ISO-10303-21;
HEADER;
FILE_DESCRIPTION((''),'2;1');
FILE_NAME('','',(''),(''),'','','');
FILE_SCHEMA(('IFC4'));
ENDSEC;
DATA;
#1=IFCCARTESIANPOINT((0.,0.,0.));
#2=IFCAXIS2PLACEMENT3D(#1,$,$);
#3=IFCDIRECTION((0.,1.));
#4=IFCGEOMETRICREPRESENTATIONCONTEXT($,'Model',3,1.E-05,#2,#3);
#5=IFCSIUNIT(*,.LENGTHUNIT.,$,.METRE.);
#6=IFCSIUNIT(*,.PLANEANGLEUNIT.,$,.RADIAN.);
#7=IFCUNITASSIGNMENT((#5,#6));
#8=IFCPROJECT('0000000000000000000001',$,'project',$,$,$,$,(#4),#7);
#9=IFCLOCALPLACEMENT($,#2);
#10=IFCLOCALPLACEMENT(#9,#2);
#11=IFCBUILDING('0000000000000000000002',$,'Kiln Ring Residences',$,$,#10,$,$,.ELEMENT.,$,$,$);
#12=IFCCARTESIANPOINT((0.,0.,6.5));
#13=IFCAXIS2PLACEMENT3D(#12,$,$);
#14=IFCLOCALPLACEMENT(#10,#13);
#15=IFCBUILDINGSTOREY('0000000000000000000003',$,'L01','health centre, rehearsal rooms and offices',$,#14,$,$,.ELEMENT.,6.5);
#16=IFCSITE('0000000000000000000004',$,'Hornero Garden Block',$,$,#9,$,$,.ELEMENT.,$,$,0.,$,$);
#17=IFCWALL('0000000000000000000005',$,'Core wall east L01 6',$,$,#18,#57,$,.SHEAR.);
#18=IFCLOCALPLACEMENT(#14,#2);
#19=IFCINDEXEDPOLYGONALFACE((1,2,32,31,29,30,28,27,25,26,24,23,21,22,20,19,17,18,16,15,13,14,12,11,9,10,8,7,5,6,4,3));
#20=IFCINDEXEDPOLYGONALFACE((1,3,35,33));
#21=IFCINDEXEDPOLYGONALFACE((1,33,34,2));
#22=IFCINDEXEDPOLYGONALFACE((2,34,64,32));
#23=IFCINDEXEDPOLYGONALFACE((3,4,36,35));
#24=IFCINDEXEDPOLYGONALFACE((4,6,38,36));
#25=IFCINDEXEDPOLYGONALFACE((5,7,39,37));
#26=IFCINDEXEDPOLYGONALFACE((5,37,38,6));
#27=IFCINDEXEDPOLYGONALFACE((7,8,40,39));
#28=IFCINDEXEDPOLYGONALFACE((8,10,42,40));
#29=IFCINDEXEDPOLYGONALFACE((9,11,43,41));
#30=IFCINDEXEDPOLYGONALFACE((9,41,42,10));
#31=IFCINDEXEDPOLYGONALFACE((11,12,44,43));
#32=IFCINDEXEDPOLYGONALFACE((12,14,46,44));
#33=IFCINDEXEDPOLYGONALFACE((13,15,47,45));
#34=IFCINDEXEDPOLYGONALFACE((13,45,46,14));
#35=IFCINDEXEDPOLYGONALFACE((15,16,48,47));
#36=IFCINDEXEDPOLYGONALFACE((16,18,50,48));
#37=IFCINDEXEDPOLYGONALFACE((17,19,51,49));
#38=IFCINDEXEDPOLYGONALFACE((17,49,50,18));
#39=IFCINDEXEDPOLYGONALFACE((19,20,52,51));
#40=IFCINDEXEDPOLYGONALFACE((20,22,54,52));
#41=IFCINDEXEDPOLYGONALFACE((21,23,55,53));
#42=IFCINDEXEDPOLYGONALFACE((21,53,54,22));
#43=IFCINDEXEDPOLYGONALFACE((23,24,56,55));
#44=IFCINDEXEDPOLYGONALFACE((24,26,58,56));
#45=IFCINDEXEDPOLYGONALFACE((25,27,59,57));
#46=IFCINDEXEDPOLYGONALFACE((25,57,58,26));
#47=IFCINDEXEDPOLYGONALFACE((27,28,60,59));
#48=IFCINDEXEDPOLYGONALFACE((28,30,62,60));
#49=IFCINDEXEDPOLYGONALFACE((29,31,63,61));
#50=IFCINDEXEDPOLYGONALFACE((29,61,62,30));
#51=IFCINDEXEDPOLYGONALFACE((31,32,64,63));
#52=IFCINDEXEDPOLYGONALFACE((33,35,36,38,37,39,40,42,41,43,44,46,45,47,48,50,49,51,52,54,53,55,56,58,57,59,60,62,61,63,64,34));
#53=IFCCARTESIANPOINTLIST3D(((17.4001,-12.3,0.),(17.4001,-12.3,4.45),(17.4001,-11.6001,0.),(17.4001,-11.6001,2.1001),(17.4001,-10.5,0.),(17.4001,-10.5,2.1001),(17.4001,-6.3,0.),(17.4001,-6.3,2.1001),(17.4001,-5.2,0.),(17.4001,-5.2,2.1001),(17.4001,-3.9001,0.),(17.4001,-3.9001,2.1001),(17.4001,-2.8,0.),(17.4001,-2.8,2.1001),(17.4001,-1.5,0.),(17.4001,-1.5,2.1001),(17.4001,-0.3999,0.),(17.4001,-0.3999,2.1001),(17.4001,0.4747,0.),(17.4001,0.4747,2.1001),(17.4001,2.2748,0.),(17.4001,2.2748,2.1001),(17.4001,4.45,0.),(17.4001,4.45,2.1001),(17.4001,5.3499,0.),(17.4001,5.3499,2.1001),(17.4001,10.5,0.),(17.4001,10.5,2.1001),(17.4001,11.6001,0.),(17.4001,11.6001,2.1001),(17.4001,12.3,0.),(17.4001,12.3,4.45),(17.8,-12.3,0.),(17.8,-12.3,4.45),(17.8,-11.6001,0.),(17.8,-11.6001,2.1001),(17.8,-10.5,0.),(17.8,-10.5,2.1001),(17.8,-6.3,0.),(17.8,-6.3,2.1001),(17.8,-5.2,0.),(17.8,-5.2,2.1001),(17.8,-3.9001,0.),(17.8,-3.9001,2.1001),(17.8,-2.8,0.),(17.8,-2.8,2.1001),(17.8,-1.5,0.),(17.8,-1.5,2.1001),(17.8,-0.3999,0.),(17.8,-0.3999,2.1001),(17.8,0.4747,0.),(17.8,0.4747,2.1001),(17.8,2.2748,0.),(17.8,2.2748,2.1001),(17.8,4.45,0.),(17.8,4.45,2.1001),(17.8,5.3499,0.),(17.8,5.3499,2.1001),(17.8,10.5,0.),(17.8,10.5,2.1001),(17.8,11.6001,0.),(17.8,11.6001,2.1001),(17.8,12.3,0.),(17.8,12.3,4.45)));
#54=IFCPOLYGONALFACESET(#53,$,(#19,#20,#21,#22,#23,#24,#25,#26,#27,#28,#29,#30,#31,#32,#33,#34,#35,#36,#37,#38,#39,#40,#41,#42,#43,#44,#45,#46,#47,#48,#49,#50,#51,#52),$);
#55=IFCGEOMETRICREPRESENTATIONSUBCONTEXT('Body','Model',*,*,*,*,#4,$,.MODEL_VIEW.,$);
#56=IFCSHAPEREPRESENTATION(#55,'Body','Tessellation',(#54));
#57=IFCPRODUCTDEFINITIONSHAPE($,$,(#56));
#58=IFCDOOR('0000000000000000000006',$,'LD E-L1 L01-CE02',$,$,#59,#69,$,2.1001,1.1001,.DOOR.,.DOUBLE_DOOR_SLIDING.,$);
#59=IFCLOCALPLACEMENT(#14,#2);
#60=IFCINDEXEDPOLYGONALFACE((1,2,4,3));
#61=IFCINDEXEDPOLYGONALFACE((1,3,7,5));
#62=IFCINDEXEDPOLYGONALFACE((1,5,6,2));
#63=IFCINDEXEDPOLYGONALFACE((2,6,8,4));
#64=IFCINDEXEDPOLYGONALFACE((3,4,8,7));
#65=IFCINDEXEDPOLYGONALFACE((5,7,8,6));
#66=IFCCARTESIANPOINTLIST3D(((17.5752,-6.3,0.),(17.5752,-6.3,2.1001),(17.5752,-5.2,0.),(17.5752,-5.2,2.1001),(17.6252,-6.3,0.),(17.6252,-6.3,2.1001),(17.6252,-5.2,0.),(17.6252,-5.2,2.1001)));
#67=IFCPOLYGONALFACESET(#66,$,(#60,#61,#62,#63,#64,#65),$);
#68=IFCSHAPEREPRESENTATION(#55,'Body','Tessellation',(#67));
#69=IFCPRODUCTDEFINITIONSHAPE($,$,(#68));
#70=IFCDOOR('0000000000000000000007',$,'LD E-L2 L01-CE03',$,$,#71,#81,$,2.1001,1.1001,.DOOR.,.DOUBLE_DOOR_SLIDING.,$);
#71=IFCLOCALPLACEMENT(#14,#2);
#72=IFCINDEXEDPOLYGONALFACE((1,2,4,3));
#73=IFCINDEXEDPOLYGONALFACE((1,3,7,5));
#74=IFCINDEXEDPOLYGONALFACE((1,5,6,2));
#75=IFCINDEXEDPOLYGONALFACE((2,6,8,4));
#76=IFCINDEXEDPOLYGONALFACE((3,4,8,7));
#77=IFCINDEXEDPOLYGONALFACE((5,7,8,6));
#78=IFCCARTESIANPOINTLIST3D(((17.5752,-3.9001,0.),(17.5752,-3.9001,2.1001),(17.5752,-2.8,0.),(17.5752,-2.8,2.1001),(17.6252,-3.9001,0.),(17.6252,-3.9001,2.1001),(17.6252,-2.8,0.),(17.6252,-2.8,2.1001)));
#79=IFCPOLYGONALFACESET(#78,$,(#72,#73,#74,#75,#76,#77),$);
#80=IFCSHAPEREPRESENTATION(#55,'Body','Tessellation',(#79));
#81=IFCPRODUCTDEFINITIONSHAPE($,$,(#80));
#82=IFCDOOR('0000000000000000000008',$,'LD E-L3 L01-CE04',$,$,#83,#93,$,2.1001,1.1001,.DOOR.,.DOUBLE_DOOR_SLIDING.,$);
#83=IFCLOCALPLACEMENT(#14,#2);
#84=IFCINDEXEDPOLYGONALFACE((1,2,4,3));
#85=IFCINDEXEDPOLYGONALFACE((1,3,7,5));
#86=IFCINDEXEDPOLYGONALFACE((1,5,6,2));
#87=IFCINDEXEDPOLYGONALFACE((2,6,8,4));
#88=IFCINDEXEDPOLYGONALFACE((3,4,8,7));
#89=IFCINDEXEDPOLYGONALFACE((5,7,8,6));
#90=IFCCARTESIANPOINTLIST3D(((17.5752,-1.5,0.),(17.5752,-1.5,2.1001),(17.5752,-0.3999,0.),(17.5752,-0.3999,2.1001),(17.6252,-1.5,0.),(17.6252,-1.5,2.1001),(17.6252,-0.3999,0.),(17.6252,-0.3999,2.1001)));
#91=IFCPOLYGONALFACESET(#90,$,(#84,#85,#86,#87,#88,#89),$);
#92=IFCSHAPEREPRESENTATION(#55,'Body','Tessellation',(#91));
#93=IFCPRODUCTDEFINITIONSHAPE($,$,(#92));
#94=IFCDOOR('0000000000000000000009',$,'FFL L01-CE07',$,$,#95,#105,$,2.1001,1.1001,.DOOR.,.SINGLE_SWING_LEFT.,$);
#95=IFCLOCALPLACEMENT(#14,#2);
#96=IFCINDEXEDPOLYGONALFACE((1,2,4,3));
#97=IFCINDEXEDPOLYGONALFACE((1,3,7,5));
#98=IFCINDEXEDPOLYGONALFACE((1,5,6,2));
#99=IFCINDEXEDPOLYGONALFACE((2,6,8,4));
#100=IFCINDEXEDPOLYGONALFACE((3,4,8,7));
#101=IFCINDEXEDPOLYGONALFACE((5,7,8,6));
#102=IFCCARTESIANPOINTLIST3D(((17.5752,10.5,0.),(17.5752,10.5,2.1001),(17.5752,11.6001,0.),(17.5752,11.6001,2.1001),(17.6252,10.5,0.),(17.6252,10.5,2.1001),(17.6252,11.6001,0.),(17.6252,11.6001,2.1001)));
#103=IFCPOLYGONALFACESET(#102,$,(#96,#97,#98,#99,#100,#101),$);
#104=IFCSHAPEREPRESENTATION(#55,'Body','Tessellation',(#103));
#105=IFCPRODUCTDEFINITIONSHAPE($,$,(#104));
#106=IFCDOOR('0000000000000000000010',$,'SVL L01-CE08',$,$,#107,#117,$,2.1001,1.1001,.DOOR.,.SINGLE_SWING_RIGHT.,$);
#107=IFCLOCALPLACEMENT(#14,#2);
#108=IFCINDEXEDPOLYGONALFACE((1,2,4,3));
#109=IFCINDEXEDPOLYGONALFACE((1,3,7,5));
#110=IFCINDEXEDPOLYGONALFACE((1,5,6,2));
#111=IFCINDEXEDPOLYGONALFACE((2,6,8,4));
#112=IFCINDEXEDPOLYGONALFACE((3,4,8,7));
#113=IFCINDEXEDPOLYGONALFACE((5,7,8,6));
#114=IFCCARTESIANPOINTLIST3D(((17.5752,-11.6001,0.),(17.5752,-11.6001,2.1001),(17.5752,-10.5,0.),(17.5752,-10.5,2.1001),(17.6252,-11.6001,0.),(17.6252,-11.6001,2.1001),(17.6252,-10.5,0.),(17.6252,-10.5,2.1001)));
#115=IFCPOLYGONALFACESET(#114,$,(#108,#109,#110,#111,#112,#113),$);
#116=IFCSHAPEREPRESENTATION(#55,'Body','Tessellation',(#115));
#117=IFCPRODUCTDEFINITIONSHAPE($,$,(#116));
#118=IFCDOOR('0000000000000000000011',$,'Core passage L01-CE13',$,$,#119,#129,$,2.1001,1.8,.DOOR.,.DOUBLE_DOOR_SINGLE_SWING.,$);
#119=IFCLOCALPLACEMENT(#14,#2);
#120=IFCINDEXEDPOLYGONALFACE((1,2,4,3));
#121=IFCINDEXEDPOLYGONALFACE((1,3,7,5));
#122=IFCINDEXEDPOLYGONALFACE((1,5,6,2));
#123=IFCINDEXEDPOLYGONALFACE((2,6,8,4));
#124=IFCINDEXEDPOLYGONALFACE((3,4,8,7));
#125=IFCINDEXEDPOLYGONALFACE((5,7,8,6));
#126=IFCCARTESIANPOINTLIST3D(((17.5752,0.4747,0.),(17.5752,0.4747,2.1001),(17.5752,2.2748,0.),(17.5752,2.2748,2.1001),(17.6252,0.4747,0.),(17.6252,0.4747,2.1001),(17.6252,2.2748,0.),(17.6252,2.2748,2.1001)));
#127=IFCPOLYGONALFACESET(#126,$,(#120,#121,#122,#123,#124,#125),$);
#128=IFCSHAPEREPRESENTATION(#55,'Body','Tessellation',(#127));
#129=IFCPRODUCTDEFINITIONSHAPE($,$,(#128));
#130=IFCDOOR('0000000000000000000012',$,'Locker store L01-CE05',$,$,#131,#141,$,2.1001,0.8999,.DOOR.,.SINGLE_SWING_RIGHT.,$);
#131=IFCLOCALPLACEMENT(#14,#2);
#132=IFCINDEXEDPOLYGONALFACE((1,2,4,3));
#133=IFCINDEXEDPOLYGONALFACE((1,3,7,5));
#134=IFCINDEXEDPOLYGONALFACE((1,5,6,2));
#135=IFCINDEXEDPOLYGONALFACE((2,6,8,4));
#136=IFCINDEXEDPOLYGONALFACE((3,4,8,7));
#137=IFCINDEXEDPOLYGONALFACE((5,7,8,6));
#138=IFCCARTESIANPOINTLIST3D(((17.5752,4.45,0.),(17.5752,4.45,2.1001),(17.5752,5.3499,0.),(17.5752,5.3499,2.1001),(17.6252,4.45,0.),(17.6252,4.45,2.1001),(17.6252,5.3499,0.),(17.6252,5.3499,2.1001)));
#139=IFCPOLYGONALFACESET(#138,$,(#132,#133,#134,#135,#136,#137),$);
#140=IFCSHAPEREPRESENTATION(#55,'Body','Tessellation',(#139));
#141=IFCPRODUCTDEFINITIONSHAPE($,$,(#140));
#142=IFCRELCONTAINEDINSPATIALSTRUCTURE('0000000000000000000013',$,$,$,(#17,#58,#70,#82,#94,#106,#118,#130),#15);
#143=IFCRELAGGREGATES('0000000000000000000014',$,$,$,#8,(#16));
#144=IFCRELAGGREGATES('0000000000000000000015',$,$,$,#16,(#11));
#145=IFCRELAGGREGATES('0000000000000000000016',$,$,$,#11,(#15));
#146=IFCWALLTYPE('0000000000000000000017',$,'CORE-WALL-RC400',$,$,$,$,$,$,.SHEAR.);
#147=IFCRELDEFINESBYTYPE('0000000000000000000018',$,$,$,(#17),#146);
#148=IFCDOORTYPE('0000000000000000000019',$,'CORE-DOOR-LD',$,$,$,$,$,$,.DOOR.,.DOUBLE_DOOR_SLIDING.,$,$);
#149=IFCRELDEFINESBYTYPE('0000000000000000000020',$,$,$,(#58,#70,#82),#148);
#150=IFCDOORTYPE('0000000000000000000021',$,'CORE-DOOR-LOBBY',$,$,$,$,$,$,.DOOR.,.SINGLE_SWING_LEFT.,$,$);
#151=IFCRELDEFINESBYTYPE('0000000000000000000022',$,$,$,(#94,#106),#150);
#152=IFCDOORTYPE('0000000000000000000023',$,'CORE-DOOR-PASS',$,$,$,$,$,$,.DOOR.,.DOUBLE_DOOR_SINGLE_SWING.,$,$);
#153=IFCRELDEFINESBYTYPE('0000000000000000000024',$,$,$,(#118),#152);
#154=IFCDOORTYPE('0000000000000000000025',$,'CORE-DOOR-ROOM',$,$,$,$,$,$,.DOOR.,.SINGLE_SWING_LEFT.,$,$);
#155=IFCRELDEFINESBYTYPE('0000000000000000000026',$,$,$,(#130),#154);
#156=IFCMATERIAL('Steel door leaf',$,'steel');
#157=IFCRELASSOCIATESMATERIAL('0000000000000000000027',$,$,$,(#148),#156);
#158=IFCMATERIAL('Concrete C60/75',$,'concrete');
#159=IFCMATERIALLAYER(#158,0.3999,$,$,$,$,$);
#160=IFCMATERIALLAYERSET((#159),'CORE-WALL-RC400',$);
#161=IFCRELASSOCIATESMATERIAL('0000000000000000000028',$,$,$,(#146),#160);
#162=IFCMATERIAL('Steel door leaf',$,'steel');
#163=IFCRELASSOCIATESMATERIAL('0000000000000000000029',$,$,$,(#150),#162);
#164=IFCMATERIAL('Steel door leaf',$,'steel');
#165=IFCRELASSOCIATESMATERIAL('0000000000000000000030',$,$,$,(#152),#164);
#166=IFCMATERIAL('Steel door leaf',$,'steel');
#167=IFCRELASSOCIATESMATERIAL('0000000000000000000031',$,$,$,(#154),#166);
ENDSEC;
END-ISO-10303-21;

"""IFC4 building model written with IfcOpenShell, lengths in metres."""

from ifc_helpers import new_model, si_unit, direction, frame, frame_2d, origin, place, context, subcontext, project, spatial, rectangle, extrude, material, layer, layer_set, type_object, element, fill, save


model = new_model("IFC4")

# Units and contexts
model_context = context("Model", 3, precision=1e-05, world=origin(), true_north=direction((0.0, 1.0)))
body_context = subcontext(model_context, "Body", "Model", "MODEL_VIEW")
ifc_project = project(units=[si_unit("LENGTHUNIT", "METRE"), si_unit("PLANEANGLEUNIT", "RADIAN")], contexts=[model_context])

# Site, building, storey
site_placement = place(None, origin())
site = spatial("IfcSite", under=ifc_project, at=site_placement, Name="Hornero Garden Block", CompositionType="ELEMENT", RefElevation=0.0)
building_placement = place(site_placement, origin())
building = spatial("IfcBuilding", under=site, at=building_placement, Name="Kiln Ring Residences", CompositionType="ELEMENT")
storey_placement = place(building_placement, frame((0.0, 0.0, 6.5)))
storey = spatial("IfcBuildingStorey", under=building, at=storey_placement, Name="L01", Description="health centre, rehearsal rooms and offices", CompositionType="ELEMENT", Elevation=6.5)

# Shared definitions
ifc_material_1 = material(Name="Steel door leaf", Category="steel")
door_type_1 = type_object("IfcDoorType", Name="CORE-DOOR-LD", OperationType="DOUBLE_DOOR_SLIDING", PredefinedType="DOOR", material=ifc_material_1)

# Wall, openings, doors
ifc_material_2 = material(Name="Concrete C60/75", Category="concrete")
ifc_layer_1 = layer(ifc_material_2, 0.3999)
ifc_layer_set_1 = layer_set([ifc_layer_1], Name="CORE-WALL-RC400")
wall_type_1 = type_object("IfcWallType", Name="CORE-WALL-RC400", PredefinedType="SHEAR", material=ifc_layer_set_1)
wall_1_placement = place(storey_placement, frame((17.6001, -12.3, 0.0), z_axis=(0.0, 0.0, 1.0), x_axis=(0.0, 1.0, 0.0)))
wall_1 = element("IfcWall", 1, at=wall_1_placement, inside=storey, type_object=wall_type_1, Name="Core wall east L01 6", PredefinedType="SHEAR", context=body_context, shape_type="SweptSolid", body=[
    extrude(rectangle(XDim=24.6001, YDim=0.3999, at=frame_2d((12.3, 0.0))), origin(), (0.0, 0.0, 1.0), 4.45),
])
opening_1_placement = place(wall_1_placement, frame((6.0, 0.0, 0.0)))
opening_1 = element("IfcOpeningElement", 2, at=opening_1_placement, cuts=wall_1, PredefinedType="OPENING", context=body_context, shape_type="SweptSolid", body=[
    extrude(rectangle(XDim=1.1001, YDim=2.1001, at=frame_2d((0.55, 1.05))), frame((0.0, 0.21, 0.0), z_axis=(0.0, -1.0, 0.0), x_axis=(1.0, 0.0, 0.0)), (0.0, 0.0, 1.0), 0.4199),
])
opening_2_placement = place(wall_1_placement, frame((8.3999, 0.0, 0.0)))
opening_2 = element("IfcOpeningElement", 3, at=opening_2_placement, cuts=wall_1, PredefinedType="OPENING", context=body_context, shape_type="SweptSolid", body=[
    extrude(rectangle(XDim=1.1001, YDim=2.1001, at=frame_2d((0.55, 1.05))), frame((0.0, 0.21, 0.0), z_axis=(0.0, -1.0, 0.0), x_axis=(1.0, 0.0, 0.0)), (0.0, 0.0, 1.0), 0.4199),
])
opening_3_placement = place(wall_1_placement, frame((10.8, 0.0, 0.0)))
opening_3 = element("IfcOpeningElement", 4, at=opening_3_placement, cuts=wall_1, PredefinedType="OPENING", context=body_context, shape_type="SweptSolid", body=[
    extrude(rectangle(XDim=1.1001, YDim=2.1001, at=frame_2d((0.55, 1.05))), frame((0.0, 0.21, 0.0), z_axis=(0.0, -1.0, 0.0), x_axis=(1.0, 0.0, 0.0)), (0.0, 0.0, 1.0), 0.4199),
])
opening_4_placement = place(wall_1_placement, frame((16.75, 0.0, 0.0)))
opening_4 = element("IfcOpeningElement", 5, at=opening_4_placement, cuts=wall_1, PredefinedType="OPENING", context=body_context, shape_type="SweptSolid", body=[
    extrude(rectangle(XDim=0.8999, YDim=2.1001, at=frame_2d((0.45, 1.05))), frame((0.0, 0.21, 0.0), z_axis=(0.0, -1.0, 0.0), x_axis=(1.0, 0.0, 0.0)), (0.0, 0.0, 1.0), 0.4199),
])
opening_5_placement = place(wall_1_placement, frame((22.8, 0.0, 0.0)))
opening_5 = element("IfcOpeningElement", 6, at=opening_5_placement, cuts=wall_1, PredefinedType="OPENING", context=body_context, shape_type="SweptSolid", body=[
    extrude(rectangle(XDim=1.1001, YDim=2.1001, at=frame_2d((0.55, 1.05))), frame((0.0, 0.21, 0.0), z_axis=(0.0, -1.0, 0.0), x_axis=(1.0, 0.0, 0.0)), (0.0, 0.0, 1.0), 0.4199),
])
opening_6_placement = place(wall_1_placement, frame((0.7, 0.0, 0.0)))
opening_6 = element("IfcOpeningElement", 7, at=opening_6_placement, cuts=wall_1, PredefinedType="OPENING", context=body_context, shape_type="SweptSolid", body=[
    extrude(rectangle(XDim=1.1001, YDim=2.1001, at=frame_2d((0.55, 1.05))), frame((0.0, 0.21, 0.0), z_axis=(0.0, -1.0, 0.0), x_axis=(1.0, 0.0, 0.0)), (0.0, 0.0, 1.0), 0.4199),
])
opening_7_placement = place(wall_1_placement, frame((12.7749, 0.0, 0.0)))
opening_7 = element("IfcOpeningElement", 8, at=opening_7_placement, cuts=wall_1, PredefinedType="OPENING", context=body_context, shape_type="SweptSolid", body=[
    extrude(rectangle(XDim=1.8, YDim=2.1001, at=frame_2d((0.8999, 1.05))), frame((0.0, 0.21, 0.0), z_axis=(0.0, -1.0, 0.0), x_axis=(1.0, 0.0, 0.0)), (0.0, 0.0, 1.0), 0.4199),
])
door_1_placement = place(opening_1_placement, origin())
door_1 = element("IfcDoor", 9, at=door_1_placement, inside=storey, type_object=door_type_1, Name="LD E-L1 L01-CE02", OperationType="DOUBLE_DOOR_SLIDING", OverallHeight=2.1001, OverallWidth=1.1001, PredefinedType="DOOR", context=body_context, shape_type="SweptSolid", body=[
    extrude(rectangle(XDim=1.1001, YDim=2.1001, at=frame_2d((0.55, 1.05))), frame((0.0, 0.0249, 0.0), z_axis=(0.0, -1.0, 0.0), x_axis=(1.0, 0.0, 0.0)), (0.0, 0.0, 1.0), 0.05),
])
fill(opening_1, door_1)
door_2_placement = place(opening_2_placement, origin())
door_2 = element("IfcDoor", 10, at=door_2_placement, inside=storey, type_object=door_type_1, Name="LD E-L2 L01-CE03", OperationType="DOUBLE_DOOR_SLIDING", OverallHeight=2.1001, OverallWidth=1.1001, PredefinedType="DOOR", context=body_context, shape_type="SweptSolid", body=[
    extrude(rectangle(XDim=1.1001, YDim=2.1001, at=frame_2d((0.55, 1.05))), frame((0.0, 0.0249, 0.0), z_axis=(0.0, -1.0, 0.0), x_axis=(1.0, 0.0, 0.0)), (0.0, 0.0, 1.0), 0.05),
])
fill(opening_2, door_2)
door_3_placement = place(opening_3_placement, origin())
door_3 = element("IfcDoor", 11, at=door_3_placement, inside=storey, type_object=door_type_1, Name="LD E-L3 L01-CE04", OperationType="DOUBLE_DOOR_SLIDING", OverallHeight=2.1001, OverallWidth=1.1001, PredefinedType="DOOR", context=body_context, shape_type="SweptSolid", body=[
    extrude(rectangle(XDim=1.1001, YDim=2.1001, at=frame_2d((0.55, 1.05))), frame((0.0, 0.0249, 0.0), z_axis=(0.0, -1.0, 0.0), x_axis=(1.0, 0.0, 0.0)), (0.0, 0.0, 1.0), 0.05),
])
fill(opening_3, door_3)
ifc_material_3 = material(Name="Steel door leaf", Category="steel")
door_type_2 = type_object("IfcDoorType", Name="CORE-DOOR-LOBBY", OperationType="SINGLE_SWING_LEFT", PredefinedType="DOOR", material=ifc_material_3)
door_4_placement = place(opening_5_placement, origin())
door_4 = element("IfcDoor", 12, at=door_4_placement, inside=storey, type_object=door_type_2, Name="FFL L01-CE07", OperationType="SINGLE_SWING_LEFT", OverallHeight=2.1001, OverallWidth=1.1001, PredefinedType="DOOR", context=body_context, shape_type="SweptSolid", body=[
    extrude(rectangle(XDim=1.1001, YDim=2.1001, at=frame_2d((0.55, 1.05))), frame((0.0, 0.0249, 0.0), z_axis=(0.0, -1.0, 0.0), x_axis=(1.0, 0.0, 0.0)), (0.0, 0.0, 1.0), 0.05),
])
fill(opening_5, door_4)
door_5_placement = place(opening_6_placement, origin())
door_5 = element("IfcDoor", 13, at=door_5_placement, inside=storey, type_object=door_type_2, Name="SVL L01-CE08", OperationType="SINGLE_SWING_RIGHT", OverallHeight=2.1001, OverallWidth=1.1001, PredefinedType="DOOR", context=body_context, shape_type="SweptSolid", body=[
    extrude(rectangle(XDim=1.1001, YDim=2.1001, at=frame_2d((0.55, 1.05))), frame((0.0, 0.0249, 0.0), z_axis=(0.0, -1.0, 0.0), x_axis=(1.0, 0.0, 0.0)), (0.0, 0.0, 1.0), 0.05),
])
fill(opening_6, door_5)
ifc_material_4 = material(Name="Steel door leaf", Category="steel")
door_type_3 = type_object("IfcDoorType", Name="CORE-DOOR-PASS", OperationType="DOUBLE_DOOR_SINGLE_SWING", PredefinedType="DOOR", material=ifc_material_4)
door_6_placement = place(opening_7_placement, origin())
door_6 = element("IfcDoor", 14, at=door_6_placement, inside=storey, type_object=door_type_3, Name="Core passage L01-CE13", OperationType="DOUBLE_DOOR_SINGLE_SWING", OverallHeight=2.1001, OverallWidth=1.8, PredefinedType="DOOR", context=body_context, shape_type="SweptSolid", body=[
    extrude(rectangle(XDim=1.8, YDim=2.1001, at=frame_2d((0.8999, 1.05))), frame((0.0, 0.0249, 0.0), z_axis=(0.0, -1.0, 0.0), x_axis=(1.0, 0.0, 0.0)), (0.0, 0.0, 1.0), 0.05),
])
fill(opening_7, door_6)
ifc_material_5 = material(Name="Steel door leaf", Category="steel")
door_type_4 = type_object("IfcDoorType", Name="CORE-DOOR-ROOM", OperationType="SINGLE_SWING_LEFT", PredefinedType="DOOR", material=ifc_material_5)
door_7_placement = place(opening_4_placement, origin())
door_7 = element("IfcDoor", 15, at=door_7_placement, inside=storey, type_object=door_type_4, Name="Locker store L01-CE05", OperationType="SINGLE_SWING_RIGHT", OverallHeight=2.1001, OverallWidth=0.8999, PredefinedType="DOOR", context=body_context, shape_type="SweptSolid", body=[
    extrude(rectangle(XDim=0.8999, YDim=2.1001, at=frame_2d((0.45, 1.05))), frame((0.0, 0.0249, 0.0), z_axis=(0.0, -1.0, 0.0), x_axis=(1.0, 0.0, 0.0)), (0.0, 0.0, 1.0), 0.05),
])
fill(opening_4, door_7)

save(model, "model.ifc")
